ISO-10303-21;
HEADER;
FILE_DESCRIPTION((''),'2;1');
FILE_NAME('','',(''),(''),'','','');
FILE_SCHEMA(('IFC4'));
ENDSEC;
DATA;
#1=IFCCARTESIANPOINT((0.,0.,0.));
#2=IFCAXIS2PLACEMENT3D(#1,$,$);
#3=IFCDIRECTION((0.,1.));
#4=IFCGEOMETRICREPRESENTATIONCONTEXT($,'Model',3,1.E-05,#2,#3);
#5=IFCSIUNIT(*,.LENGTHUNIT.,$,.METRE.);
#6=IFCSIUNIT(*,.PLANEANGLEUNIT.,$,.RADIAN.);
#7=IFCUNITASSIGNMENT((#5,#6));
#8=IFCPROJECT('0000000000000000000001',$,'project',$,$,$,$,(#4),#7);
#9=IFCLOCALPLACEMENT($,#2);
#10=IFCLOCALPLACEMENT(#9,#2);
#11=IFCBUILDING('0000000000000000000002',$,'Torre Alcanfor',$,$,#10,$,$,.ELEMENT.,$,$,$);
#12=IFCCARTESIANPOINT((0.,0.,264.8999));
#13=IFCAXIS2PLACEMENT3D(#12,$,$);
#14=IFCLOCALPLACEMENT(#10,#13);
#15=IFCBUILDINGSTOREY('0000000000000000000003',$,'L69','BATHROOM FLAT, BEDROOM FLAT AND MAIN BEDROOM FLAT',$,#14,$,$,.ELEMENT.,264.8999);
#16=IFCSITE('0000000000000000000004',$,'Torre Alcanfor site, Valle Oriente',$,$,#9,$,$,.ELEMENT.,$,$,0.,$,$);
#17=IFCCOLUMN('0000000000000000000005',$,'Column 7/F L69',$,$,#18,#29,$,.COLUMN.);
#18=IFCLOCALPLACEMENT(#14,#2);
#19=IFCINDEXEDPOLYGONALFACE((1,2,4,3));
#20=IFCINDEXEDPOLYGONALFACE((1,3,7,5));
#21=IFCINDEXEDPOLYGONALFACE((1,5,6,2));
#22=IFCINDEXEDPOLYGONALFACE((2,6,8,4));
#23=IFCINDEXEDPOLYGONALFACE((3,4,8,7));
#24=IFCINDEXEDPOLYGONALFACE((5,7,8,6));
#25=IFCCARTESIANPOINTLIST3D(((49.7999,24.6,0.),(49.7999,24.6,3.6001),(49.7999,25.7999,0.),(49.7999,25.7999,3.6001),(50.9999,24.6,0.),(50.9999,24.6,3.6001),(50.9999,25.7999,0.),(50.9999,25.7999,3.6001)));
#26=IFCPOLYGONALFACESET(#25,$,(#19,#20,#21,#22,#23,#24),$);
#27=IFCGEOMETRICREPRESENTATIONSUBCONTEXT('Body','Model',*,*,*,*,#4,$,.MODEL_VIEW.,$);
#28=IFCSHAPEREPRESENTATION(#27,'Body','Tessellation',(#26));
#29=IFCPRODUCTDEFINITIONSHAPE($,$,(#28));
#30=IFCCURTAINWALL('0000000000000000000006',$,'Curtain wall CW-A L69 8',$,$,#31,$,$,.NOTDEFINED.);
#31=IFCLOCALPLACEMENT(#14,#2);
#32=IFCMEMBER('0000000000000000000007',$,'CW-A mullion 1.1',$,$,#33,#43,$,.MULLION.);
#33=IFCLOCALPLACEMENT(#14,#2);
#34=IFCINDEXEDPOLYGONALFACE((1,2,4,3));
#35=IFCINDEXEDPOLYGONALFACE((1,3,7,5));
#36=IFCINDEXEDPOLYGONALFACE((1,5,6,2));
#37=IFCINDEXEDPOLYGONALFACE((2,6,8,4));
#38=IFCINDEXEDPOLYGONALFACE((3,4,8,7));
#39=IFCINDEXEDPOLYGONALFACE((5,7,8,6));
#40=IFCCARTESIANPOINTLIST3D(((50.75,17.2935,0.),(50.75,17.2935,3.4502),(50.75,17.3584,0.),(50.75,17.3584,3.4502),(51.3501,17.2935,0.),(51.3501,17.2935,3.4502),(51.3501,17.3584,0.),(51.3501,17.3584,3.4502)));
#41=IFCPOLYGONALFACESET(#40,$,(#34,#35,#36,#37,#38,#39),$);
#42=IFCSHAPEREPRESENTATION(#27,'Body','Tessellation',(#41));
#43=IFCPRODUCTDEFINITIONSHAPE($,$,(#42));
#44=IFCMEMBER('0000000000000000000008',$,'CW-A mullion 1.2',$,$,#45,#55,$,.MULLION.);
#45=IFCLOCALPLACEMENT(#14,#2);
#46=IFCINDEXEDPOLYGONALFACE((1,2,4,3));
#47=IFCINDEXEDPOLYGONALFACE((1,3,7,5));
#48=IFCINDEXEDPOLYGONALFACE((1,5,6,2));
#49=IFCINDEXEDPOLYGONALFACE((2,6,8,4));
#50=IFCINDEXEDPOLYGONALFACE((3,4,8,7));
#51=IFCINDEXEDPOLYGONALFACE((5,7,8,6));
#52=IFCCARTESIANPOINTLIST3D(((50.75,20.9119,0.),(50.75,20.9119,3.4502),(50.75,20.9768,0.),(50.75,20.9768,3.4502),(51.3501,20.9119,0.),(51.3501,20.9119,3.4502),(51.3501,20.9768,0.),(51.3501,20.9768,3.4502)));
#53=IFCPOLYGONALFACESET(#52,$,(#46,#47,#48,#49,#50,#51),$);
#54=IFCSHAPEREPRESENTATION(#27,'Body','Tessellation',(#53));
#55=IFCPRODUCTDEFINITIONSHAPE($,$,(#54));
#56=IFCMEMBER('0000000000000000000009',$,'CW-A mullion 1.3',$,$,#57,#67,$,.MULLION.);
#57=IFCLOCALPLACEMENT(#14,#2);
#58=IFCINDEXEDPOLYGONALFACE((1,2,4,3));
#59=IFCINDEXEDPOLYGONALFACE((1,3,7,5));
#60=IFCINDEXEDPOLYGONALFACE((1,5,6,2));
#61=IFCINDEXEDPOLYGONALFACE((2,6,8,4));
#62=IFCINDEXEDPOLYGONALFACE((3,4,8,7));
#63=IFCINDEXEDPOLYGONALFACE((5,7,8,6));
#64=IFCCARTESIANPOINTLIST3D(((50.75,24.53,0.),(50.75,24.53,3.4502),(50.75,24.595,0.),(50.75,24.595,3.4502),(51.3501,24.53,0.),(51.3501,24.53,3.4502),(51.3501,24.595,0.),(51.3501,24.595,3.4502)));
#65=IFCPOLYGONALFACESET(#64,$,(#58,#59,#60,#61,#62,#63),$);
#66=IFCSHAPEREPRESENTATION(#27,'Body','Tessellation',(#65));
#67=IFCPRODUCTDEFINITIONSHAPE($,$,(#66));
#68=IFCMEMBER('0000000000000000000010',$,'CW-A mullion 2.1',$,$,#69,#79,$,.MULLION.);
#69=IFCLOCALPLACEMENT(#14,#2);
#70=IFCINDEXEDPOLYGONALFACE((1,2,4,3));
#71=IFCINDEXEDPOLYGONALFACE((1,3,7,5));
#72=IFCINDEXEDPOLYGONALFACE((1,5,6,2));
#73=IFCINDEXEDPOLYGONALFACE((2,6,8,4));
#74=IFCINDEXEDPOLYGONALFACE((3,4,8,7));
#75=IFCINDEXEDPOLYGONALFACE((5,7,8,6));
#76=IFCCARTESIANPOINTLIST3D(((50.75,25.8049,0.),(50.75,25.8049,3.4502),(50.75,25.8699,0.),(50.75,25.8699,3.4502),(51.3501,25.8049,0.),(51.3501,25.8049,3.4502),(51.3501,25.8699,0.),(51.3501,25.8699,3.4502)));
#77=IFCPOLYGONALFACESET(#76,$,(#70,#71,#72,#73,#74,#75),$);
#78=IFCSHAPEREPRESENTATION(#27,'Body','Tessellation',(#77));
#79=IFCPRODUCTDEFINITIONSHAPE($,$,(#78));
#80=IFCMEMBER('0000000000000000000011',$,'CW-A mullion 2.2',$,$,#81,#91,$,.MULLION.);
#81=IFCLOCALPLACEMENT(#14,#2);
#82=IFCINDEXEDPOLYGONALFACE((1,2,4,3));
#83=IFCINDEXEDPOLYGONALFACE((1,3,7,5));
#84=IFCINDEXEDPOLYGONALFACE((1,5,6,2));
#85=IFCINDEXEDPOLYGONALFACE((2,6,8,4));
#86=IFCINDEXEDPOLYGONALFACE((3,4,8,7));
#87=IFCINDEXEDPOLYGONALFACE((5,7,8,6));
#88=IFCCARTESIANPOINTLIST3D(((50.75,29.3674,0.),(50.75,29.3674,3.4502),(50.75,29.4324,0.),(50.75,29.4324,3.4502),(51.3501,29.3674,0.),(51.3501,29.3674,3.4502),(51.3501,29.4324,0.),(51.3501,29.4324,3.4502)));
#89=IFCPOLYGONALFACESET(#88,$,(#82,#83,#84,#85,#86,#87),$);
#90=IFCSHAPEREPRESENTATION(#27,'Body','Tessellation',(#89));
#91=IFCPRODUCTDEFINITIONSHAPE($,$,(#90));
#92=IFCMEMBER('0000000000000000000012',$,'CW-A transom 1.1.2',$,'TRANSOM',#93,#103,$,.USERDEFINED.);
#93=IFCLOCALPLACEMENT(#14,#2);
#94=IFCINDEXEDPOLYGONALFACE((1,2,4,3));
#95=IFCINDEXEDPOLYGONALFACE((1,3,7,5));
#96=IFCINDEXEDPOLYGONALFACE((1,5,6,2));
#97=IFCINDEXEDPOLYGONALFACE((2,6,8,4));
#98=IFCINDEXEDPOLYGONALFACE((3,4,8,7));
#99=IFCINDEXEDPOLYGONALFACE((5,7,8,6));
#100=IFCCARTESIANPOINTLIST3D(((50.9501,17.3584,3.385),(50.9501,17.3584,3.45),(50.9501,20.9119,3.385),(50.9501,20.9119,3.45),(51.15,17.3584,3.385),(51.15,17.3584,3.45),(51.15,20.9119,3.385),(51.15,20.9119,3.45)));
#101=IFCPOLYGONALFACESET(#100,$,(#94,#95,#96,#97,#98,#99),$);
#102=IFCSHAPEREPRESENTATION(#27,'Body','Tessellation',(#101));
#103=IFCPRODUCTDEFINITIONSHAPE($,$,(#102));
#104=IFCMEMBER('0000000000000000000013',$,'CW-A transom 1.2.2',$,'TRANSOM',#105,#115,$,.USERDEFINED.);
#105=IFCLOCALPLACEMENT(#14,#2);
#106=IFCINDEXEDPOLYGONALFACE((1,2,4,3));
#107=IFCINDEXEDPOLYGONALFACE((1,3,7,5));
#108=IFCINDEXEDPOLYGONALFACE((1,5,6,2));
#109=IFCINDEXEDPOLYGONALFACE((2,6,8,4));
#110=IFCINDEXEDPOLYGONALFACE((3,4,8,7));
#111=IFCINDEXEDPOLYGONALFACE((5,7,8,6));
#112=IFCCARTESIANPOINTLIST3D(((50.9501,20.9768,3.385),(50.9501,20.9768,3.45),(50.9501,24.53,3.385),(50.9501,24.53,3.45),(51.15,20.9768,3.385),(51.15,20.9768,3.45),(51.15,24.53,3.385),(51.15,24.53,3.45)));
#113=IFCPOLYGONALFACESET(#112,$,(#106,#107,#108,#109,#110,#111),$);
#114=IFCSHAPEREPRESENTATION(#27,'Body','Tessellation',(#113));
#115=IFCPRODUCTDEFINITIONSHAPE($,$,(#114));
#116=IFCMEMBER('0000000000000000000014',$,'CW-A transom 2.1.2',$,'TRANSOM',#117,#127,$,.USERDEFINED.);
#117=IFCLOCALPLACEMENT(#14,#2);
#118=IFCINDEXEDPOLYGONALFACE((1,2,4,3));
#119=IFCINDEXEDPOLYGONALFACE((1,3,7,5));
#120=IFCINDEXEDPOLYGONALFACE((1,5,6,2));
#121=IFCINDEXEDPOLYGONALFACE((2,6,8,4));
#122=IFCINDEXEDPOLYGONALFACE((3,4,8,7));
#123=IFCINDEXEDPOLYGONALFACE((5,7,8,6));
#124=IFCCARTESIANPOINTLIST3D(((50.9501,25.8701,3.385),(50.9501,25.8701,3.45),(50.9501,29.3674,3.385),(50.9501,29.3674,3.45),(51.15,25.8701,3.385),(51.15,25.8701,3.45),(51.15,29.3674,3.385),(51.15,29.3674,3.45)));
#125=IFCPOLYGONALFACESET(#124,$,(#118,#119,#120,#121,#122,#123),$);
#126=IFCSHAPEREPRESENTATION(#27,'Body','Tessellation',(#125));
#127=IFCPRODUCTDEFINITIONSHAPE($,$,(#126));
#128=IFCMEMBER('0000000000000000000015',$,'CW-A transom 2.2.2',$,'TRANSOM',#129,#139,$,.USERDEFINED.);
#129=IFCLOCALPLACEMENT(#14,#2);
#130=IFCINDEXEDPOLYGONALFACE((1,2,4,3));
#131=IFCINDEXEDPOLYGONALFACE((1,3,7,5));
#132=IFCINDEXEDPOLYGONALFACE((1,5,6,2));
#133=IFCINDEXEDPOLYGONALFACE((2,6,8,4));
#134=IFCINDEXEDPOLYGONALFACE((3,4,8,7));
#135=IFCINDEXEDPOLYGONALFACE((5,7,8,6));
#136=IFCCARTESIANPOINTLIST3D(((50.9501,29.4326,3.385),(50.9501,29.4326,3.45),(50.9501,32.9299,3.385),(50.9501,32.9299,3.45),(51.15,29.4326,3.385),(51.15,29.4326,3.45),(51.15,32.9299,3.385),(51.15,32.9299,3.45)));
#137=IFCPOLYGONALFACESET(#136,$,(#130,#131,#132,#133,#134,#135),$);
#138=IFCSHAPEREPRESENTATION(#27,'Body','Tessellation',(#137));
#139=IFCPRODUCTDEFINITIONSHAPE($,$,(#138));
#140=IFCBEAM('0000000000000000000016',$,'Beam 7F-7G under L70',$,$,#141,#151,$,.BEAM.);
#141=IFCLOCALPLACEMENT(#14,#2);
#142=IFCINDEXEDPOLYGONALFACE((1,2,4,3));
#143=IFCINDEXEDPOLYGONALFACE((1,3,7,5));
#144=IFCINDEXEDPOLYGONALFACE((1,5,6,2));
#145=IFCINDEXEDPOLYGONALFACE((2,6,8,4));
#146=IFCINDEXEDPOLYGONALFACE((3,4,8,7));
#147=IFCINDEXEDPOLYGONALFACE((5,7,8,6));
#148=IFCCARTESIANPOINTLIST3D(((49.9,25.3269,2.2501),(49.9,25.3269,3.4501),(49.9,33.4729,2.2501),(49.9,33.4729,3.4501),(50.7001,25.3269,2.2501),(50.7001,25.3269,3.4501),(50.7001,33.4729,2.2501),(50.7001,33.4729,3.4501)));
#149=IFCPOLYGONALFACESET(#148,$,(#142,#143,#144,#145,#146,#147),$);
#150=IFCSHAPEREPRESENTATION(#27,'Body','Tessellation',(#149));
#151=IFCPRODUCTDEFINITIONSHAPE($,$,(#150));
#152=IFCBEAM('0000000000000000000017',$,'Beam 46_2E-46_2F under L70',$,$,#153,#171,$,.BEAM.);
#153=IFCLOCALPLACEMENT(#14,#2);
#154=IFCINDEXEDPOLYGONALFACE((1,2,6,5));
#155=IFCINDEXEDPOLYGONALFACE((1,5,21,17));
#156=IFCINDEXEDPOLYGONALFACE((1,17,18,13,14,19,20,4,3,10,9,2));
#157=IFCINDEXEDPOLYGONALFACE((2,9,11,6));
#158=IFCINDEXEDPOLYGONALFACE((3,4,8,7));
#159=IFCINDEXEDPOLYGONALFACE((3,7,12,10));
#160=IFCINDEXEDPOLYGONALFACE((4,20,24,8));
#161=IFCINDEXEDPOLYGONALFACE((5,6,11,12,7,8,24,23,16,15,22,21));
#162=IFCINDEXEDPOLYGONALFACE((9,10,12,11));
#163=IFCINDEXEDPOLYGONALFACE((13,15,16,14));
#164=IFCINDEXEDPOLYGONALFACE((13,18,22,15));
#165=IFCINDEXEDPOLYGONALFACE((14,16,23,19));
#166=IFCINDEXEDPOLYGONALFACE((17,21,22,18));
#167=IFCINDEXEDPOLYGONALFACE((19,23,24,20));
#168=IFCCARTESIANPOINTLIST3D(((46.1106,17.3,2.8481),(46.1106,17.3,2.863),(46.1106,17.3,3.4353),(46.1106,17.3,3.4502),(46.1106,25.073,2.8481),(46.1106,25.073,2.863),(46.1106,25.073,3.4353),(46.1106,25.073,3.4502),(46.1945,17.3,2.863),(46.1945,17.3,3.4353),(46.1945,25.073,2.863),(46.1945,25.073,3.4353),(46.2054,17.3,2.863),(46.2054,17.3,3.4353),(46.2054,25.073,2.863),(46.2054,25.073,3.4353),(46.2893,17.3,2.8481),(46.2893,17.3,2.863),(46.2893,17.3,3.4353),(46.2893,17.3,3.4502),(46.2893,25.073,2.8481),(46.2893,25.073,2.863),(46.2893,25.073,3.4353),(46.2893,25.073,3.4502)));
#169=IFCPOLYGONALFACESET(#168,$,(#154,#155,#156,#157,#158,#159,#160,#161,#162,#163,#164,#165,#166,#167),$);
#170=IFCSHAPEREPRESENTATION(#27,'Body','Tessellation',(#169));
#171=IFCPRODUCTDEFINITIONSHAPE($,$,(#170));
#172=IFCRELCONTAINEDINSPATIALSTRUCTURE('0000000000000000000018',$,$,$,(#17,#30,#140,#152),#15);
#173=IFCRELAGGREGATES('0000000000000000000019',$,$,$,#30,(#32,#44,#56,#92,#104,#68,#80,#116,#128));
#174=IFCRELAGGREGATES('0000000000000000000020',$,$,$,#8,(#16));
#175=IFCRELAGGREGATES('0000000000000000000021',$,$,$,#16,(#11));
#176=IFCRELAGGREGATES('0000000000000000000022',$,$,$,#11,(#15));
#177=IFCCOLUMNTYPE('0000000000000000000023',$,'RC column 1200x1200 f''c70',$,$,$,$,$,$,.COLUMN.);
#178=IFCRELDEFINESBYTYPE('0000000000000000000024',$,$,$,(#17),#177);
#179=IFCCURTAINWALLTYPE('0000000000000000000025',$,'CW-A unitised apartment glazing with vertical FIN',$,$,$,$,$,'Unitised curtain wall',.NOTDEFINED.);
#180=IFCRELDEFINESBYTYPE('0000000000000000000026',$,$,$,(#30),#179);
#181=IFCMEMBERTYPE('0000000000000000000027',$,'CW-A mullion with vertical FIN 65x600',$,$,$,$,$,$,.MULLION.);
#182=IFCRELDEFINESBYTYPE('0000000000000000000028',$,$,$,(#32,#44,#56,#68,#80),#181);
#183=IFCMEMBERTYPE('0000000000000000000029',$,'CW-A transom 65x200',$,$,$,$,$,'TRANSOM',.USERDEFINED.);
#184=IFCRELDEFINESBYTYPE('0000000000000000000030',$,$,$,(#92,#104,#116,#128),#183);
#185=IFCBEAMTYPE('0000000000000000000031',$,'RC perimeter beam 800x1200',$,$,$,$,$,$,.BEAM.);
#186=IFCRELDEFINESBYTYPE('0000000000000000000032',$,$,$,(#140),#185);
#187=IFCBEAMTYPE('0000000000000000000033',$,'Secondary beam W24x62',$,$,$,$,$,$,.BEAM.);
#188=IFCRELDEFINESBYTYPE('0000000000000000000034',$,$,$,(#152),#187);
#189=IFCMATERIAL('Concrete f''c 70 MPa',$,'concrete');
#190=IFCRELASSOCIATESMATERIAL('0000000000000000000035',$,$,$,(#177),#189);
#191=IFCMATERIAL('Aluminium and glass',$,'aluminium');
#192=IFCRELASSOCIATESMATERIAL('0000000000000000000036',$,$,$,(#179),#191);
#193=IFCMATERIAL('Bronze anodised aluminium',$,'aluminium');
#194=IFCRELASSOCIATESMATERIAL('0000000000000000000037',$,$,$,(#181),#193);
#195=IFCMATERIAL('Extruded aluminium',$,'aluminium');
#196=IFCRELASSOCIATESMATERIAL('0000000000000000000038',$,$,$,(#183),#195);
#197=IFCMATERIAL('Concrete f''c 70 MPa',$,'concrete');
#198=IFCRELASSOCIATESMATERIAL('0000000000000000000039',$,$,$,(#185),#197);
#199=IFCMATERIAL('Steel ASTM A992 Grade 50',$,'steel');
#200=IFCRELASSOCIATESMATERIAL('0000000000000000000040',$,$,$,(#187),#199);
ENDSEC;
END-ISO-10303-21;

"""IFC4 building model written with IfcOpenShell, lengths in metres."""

from ifc_helpers import new_model, si_unit, direction, frame, origin, origin_2d, place, context, subcontext, project, spatial, rectangle, i_section, extrude, material, material_profile, profile_set, type_object, element, aggregate, save


model = new_model("IFC4")

# Units and contexts
model_context = context("Model", 3, precision=1e-05, world=origin(), true_north=direction((0.0, 1.0)))
body_context = subcontext(model_context, "Body", "Model", "MODEL_VIEW")
ifc_project = project(units=[si_unit("LENGTHUNIT", "METRE"), si_unit("PLANEANGLEUNIT", "RADIAN")], contexts=[model_context])

# Site, building, storey
site_placement = place(None, origin())
site = spatial("IfcSite", under=ifc_project, at=site_placement, Name="Torre Alcanfor site, Valle Oriente", CompositionType="ELEMENT", RefElevation=0.0)
building_placement = place(site_placement, origin())
building = spatial("IfcBuilding", under=site, at=building_placement, Name="Torre Alcanfor", CompositionType="ELEMENT")
storey_placement = place(building_placement, frame((0.0, 0.0, 264.8999)))
storey = spatial("IfcBuildingStorey", under=building, at=storey_placement, Name="L69", Description="BATHROOM FLAT, BEDROOM FLAT AND MAIN BEDROOM FLAT", CompositionType="ELEMENT", Elevation=264.8999)

# Column
ifc_material_1 = material(Name="Concrete f'c 70 MPa", Category="concrete")
ifc_material_profile_1 = material_profile(ifc_material_1, rectangle(XDim=1.2, YDim=1.2, at=origin_2d()), Name="1200x1200")
ifc_profile_set_1 = profile_set([ifc_material_profile_1], Name="Concrete f'c 70 MPa")
column_type = type_object("IfcColumnType", Name="RC column 1200x1200 f'c70", PredefinedType="COLUMN", material=ifc_profile_set_1)
column_placement = place(storey_placement, frame((50.3999, 25.2, 0.0), z_axis=(0.0, 0.0, 1.0), x_axis=(1.0, 0.0, 0.0)))
element("IfcColumn", 1, at=column_placement, inside=storey, type_object=column_type, Name="Column 7/F L69", PredefinedType="COLUMN", context=body_context, shape_type="SweptSolid", body=[
    extrude(rectangle(XDim=1.2, YDim=1.2, at=origin_2d()), origin(), (0.0, 0.0, 1.0), 3.6001),
])

# Curtain wall, members
ifc_material_2 = material(Name="Aluminium and glass", Category="aluminium")
curtain_wall_type = type_object("IfcCurtainWallType", Name="CW-A unitised apartment glazing with vertical FIN", ElementType="Unitised curtain wall", PredefinedType="NOTDEFINED", material=ifc_material_2)
curtain_wall_placement = place(storey_placement, origin())
curtain_wall = element("IfcCurtainWall", 2, at=curtain_wall_placement, inside=storey, type_object=curtain_wall_type, Name="Curtain wall CW-A L69 8", PredefinedType="NOTDEFINED")
ifc_material_3 = material(Name="Bronze anodised aluminium", Category="aluminium")
ifc_material_profile_2 = material_profile(ifc_material_3, rectangle(XDim=0.6001, YDim=0.0649, at=origin_2d()), Name="CW-A mullion 65x600")
ifc_profile_set_2 = profile_set([ifc_material_profile_2], Name="Bronze anodised aluminium")
member_type_1 = type_object("IfcMemberType", Name="CW-A mullion with vertical FIN 65x600", PredefinedType="MULLION", material=ifc_profile_set_2)
member_1_placement = place(storey_placement, frame((51.05, 17.3259, 0.0), z_axis=(0.0, 0.0, 1.0), x_axis=(-1.0, 0.0, 0.0)))
member_1 = element("IfcMember", 3, at=member_1_placement, type_object=member_type_1, Name="CW-A mullion 1.1", PredefinedType="MULLION", context=body_context, shape_type="SweptSolid", body=[
    extrude(rectangle(XDim=0.6001, YDim=0.0649, at=origin_2d()), origin(), (0.0, 0.0, 1.0), 3.4502),
])
member_2_placement = place(storey_placement, frame((51.05, 20.9443, 0.0), z_axis=(0.0, 0.0, 1.0), x_axis=(-1.0, 0.0, 0.0)))
member_2 = element("IfcMember", 4, at=member_2_placement, type_object=member_type_1, Name="CW-A mullion 1.2", PredefinedType="MULLION", context=body_context, shape_type="SweptSolid", body=[
    extrude(rectangle(XDim=0.6001, YDim=0.0649, at=origin_2d()), origin(), (0.0, 0.0, 1.0), 3.4502),
])
member_3_placement = place(storey_placement, frame((51.05, 24.5625, 0.0), z_axis=(0.0, 0.0, 1.0), x_axis=(-1.0, 0.0, 0.0)))
member_3 = element("IfcMember", 5, at=member_3_placement, type_object=member_type_1, Name="CW-A mullion 1.3", PredefinedType="MULLION", context=body_context, shape_type="SweptSolid", body=[
    extrude(rectangle(XDim=0.6001, YDim=0.0649, at=origin_2d()), origin(), (0.0, 0.0, 1.0), 3.4502),
])
member_4_placement = place(storey_placement, frame((51.05, 25.8374, 0.0), z_axis=(0.0, 0.0, 1.0), x_axis=(-1.0, 0.0, 0.0)))
member_4 = element("IfcMember", 6, at=member_4_placement, type_object=member_type_1, Name="CW-A mullion 2.1", PredefinedType="MULLION", context=body_context, shape_type="SweptSolid", body=[
    extrude(rectangle(XDim=0.6001, YDim=0.0649, at=origin_2d()), origin(), (0.0, 0.0, 1.0), 3.4502),
])
member_5_placement = place(storey_placement, frame((51.05, 29.3999, 0.0), z_axis=(0.0, 0.0, 1.0), x_axis=(-1.0, 0.0, 0.0)))
member_5 = element("IfcMember", 7, at=member_5_placement, type_object=member_type_1, Name="CW-A mullion 2.2", PredefinedType="MULLION", context=body_context, shape_type="SweptSolid", body=[
    extrude(rectangle(XDim=0.6001, YDim=0.0649, at=origin_2d()), origin(), (0.0, 0.0, 1.0), 3.4502),
])
ifc_material_4 = material(Name="Extruded aluminium", Category="aluminium")
ifc_material_profile_3 = material_profile(ifc_material_4, rectangle(XDim=0.2, YDim=0.0649, at=origin_2d()), Name="CW-A transom 200x65")
ifc_profile_set_3 = profile_set([ifc_material_profile_3], Name="Extruded aluminium")
member_type_2 = type_object("IfcMemberType", Name="CW-A transom 65x200", ElementType="TRANSOM", PredefinedType="USERDEFINED", material=ifc_profile_set_3)
member_6_placement = place(storey_placement, frame((51.05, 17.3584, 3.4175), z_axis=(0.0, 1.0, 0.0), x_axis=(-1.0, 0.0, 0.0)))
member_6 = element("IfcMember", 8, at=member_6_placement, type_object=member_type_2, Name="CW-A transom 1.1.2", ObjectType="TRANSOM", PredefinedType="USERDEFINED", context=body_context, shape_type="SweptSolid", body=[
    extrude(rectangle(XDim=0.2, YDim=0.0649, at=origin_2d()), origin(), (0.0, 0.0, 1.0), 3.5535),
])
member_7_placement = place(storey_placement, frame((51.05, 20.9768, 3.4175), z_axis=(0.0, 1.0, 0.0), x_axis=(-1.0, 0.0, 0.0)))
member_7 = element("IfcMember", 9, at=member_7_placement, type_object=member_type_2, Name="CW-A transom 1.2.2", ObjectType="TRANSOM", PredefinedType="USERDEFINED", context=body_context, shape_type="SweptSolid", body=[
    extrude(rectangle(XDim=0.2, YDim=0.0649, at=origin_2d()), origin(), (0.0, 0.0, 1.0), 3.5532),
])
member_8_placement = place(storey_placement, frame((51.05, 25.8701, 3.4175), z_axis=(0.0, 1.0, 0.0), x_axis=(-1.0, 0.0, 0.0)))
member_8 = element("IfcMember", 10, at=member_8_placement, type_object=member_type_2, Name="CW-A transom 2.1.2", ObjectType="TRANSOM", PredefinedType="USERDEFINED", context=body_context, shape_type="SweptSolid", body=[
    extrude(rectangle(XDim=0.2, YDim=0.0649, at=origin_2d()), origin(), (0.0, 0.0, 1.0), 3.4973),
])
member_9_placement = place(storey_placement, frame((51.05, 29.4326, 3.4175), z_axis=(0.0, 1.0, 0.0), x_axis=(-1.0, 0.0, 0.0)))
member_9 = element("IfcMember", 11, at=member_9_placement, type_object=member_type_2, Name="CW-A transom 2.2.2", ObjectType="TRANSOM", PredefinedType="USERDEFINED", context=body_context, shape_type="SweptSolid", body=[
    extrude(rectangle(XDim=0.2, YDim=0.0649, at=origin_2d()), origin(), (0.0, 0.0, 1.0), 3.4973),
])

# Beams
ifc_material_5 = material(Name="Concrete f'c 70 MPa", Category="concrete")
ifc_material_profile_4 = material_profile(ifc_material_5, rectangle(XDim=0.8, YDim=1.2, at=origin_2d()), Name="800x1200")
ifc_profile_set_4 = profile_set([ifc_material_profile_4], Name="Concrete f'c 70 MPa")
beam_type_1 = type_object("IfcBeamType", Name="RC perimeter beam 800x1200", PredefinedType="BEAM", material=ifc_profile_set_4)
beam_1_placement = place(storey_placement, frame((50.3, 25.3269, 2.8501), z_axis=(0.0, 1.0, 0.0), x_axis=(-1.0, 0.0, 0.0)))
element("IfcBeam", 12, at=beam_1_placement, inside=storey, type_object=beam_type_1, Name="Beam 7F-7G under L70", PredefinedType="BEAM", context=body_context, shape_type="SweptSolid", body=[
    extrude(rectangle(XDim=0.8, YDim=1.2, at=origin_2d()), origin(), (0.0, 0.0, 1.0), 8.146),
])
ifc_material_6 = material(Name="Steel ASTM A992 Grade 50", Category="steel")
ifc_material_profile_5 = material_profile(ifc_material_6, i_section(OverallWidth=0.1787, OverallDepth=0.6021, WebThickness=0.011, FlangeThickness=0.0149, at=origin_2d()), Name="W24x62")
ifc_profile_set_5 = profile_set([ifc_material_profile_5], Name="Steel ASTM A992 Grade 50")
beam_type_2 = type_object("IfcBeamType", Name="Secondary beam W24x62", PredefinedType="BEAM", material=ifc_profile_set_5)
beam_2_placement = place(storey_placement, frame((46.2, 17.3, 3.1492), z_axis=(0.0, 1.0, 0.0), x_axis=(-1.0, 0.0, 0.0)))
element("IfcBeam", 13, at=beam_2_placement, inside=storey, type_object=beam_type_2, Name="Beam 46_2E-46_2F under L70", PredefinedType="BEAM", context=body_context, shape_type="SweptSolid", body=[
    extrude(i_section(OverallWidth=0.1787, OverallDepth=0.6021, WebThickness=0.011, FlangeThickness=0.0149, at=origin_2d()), origin(), (0.0, 0.0, 1.0), 7.7729),
])

aggregate(curtain_wall, [member_1, member_2, member_3, member_6, member_7, member_4, member_5, member_8, member_9])

save(model, "model.ifc")
